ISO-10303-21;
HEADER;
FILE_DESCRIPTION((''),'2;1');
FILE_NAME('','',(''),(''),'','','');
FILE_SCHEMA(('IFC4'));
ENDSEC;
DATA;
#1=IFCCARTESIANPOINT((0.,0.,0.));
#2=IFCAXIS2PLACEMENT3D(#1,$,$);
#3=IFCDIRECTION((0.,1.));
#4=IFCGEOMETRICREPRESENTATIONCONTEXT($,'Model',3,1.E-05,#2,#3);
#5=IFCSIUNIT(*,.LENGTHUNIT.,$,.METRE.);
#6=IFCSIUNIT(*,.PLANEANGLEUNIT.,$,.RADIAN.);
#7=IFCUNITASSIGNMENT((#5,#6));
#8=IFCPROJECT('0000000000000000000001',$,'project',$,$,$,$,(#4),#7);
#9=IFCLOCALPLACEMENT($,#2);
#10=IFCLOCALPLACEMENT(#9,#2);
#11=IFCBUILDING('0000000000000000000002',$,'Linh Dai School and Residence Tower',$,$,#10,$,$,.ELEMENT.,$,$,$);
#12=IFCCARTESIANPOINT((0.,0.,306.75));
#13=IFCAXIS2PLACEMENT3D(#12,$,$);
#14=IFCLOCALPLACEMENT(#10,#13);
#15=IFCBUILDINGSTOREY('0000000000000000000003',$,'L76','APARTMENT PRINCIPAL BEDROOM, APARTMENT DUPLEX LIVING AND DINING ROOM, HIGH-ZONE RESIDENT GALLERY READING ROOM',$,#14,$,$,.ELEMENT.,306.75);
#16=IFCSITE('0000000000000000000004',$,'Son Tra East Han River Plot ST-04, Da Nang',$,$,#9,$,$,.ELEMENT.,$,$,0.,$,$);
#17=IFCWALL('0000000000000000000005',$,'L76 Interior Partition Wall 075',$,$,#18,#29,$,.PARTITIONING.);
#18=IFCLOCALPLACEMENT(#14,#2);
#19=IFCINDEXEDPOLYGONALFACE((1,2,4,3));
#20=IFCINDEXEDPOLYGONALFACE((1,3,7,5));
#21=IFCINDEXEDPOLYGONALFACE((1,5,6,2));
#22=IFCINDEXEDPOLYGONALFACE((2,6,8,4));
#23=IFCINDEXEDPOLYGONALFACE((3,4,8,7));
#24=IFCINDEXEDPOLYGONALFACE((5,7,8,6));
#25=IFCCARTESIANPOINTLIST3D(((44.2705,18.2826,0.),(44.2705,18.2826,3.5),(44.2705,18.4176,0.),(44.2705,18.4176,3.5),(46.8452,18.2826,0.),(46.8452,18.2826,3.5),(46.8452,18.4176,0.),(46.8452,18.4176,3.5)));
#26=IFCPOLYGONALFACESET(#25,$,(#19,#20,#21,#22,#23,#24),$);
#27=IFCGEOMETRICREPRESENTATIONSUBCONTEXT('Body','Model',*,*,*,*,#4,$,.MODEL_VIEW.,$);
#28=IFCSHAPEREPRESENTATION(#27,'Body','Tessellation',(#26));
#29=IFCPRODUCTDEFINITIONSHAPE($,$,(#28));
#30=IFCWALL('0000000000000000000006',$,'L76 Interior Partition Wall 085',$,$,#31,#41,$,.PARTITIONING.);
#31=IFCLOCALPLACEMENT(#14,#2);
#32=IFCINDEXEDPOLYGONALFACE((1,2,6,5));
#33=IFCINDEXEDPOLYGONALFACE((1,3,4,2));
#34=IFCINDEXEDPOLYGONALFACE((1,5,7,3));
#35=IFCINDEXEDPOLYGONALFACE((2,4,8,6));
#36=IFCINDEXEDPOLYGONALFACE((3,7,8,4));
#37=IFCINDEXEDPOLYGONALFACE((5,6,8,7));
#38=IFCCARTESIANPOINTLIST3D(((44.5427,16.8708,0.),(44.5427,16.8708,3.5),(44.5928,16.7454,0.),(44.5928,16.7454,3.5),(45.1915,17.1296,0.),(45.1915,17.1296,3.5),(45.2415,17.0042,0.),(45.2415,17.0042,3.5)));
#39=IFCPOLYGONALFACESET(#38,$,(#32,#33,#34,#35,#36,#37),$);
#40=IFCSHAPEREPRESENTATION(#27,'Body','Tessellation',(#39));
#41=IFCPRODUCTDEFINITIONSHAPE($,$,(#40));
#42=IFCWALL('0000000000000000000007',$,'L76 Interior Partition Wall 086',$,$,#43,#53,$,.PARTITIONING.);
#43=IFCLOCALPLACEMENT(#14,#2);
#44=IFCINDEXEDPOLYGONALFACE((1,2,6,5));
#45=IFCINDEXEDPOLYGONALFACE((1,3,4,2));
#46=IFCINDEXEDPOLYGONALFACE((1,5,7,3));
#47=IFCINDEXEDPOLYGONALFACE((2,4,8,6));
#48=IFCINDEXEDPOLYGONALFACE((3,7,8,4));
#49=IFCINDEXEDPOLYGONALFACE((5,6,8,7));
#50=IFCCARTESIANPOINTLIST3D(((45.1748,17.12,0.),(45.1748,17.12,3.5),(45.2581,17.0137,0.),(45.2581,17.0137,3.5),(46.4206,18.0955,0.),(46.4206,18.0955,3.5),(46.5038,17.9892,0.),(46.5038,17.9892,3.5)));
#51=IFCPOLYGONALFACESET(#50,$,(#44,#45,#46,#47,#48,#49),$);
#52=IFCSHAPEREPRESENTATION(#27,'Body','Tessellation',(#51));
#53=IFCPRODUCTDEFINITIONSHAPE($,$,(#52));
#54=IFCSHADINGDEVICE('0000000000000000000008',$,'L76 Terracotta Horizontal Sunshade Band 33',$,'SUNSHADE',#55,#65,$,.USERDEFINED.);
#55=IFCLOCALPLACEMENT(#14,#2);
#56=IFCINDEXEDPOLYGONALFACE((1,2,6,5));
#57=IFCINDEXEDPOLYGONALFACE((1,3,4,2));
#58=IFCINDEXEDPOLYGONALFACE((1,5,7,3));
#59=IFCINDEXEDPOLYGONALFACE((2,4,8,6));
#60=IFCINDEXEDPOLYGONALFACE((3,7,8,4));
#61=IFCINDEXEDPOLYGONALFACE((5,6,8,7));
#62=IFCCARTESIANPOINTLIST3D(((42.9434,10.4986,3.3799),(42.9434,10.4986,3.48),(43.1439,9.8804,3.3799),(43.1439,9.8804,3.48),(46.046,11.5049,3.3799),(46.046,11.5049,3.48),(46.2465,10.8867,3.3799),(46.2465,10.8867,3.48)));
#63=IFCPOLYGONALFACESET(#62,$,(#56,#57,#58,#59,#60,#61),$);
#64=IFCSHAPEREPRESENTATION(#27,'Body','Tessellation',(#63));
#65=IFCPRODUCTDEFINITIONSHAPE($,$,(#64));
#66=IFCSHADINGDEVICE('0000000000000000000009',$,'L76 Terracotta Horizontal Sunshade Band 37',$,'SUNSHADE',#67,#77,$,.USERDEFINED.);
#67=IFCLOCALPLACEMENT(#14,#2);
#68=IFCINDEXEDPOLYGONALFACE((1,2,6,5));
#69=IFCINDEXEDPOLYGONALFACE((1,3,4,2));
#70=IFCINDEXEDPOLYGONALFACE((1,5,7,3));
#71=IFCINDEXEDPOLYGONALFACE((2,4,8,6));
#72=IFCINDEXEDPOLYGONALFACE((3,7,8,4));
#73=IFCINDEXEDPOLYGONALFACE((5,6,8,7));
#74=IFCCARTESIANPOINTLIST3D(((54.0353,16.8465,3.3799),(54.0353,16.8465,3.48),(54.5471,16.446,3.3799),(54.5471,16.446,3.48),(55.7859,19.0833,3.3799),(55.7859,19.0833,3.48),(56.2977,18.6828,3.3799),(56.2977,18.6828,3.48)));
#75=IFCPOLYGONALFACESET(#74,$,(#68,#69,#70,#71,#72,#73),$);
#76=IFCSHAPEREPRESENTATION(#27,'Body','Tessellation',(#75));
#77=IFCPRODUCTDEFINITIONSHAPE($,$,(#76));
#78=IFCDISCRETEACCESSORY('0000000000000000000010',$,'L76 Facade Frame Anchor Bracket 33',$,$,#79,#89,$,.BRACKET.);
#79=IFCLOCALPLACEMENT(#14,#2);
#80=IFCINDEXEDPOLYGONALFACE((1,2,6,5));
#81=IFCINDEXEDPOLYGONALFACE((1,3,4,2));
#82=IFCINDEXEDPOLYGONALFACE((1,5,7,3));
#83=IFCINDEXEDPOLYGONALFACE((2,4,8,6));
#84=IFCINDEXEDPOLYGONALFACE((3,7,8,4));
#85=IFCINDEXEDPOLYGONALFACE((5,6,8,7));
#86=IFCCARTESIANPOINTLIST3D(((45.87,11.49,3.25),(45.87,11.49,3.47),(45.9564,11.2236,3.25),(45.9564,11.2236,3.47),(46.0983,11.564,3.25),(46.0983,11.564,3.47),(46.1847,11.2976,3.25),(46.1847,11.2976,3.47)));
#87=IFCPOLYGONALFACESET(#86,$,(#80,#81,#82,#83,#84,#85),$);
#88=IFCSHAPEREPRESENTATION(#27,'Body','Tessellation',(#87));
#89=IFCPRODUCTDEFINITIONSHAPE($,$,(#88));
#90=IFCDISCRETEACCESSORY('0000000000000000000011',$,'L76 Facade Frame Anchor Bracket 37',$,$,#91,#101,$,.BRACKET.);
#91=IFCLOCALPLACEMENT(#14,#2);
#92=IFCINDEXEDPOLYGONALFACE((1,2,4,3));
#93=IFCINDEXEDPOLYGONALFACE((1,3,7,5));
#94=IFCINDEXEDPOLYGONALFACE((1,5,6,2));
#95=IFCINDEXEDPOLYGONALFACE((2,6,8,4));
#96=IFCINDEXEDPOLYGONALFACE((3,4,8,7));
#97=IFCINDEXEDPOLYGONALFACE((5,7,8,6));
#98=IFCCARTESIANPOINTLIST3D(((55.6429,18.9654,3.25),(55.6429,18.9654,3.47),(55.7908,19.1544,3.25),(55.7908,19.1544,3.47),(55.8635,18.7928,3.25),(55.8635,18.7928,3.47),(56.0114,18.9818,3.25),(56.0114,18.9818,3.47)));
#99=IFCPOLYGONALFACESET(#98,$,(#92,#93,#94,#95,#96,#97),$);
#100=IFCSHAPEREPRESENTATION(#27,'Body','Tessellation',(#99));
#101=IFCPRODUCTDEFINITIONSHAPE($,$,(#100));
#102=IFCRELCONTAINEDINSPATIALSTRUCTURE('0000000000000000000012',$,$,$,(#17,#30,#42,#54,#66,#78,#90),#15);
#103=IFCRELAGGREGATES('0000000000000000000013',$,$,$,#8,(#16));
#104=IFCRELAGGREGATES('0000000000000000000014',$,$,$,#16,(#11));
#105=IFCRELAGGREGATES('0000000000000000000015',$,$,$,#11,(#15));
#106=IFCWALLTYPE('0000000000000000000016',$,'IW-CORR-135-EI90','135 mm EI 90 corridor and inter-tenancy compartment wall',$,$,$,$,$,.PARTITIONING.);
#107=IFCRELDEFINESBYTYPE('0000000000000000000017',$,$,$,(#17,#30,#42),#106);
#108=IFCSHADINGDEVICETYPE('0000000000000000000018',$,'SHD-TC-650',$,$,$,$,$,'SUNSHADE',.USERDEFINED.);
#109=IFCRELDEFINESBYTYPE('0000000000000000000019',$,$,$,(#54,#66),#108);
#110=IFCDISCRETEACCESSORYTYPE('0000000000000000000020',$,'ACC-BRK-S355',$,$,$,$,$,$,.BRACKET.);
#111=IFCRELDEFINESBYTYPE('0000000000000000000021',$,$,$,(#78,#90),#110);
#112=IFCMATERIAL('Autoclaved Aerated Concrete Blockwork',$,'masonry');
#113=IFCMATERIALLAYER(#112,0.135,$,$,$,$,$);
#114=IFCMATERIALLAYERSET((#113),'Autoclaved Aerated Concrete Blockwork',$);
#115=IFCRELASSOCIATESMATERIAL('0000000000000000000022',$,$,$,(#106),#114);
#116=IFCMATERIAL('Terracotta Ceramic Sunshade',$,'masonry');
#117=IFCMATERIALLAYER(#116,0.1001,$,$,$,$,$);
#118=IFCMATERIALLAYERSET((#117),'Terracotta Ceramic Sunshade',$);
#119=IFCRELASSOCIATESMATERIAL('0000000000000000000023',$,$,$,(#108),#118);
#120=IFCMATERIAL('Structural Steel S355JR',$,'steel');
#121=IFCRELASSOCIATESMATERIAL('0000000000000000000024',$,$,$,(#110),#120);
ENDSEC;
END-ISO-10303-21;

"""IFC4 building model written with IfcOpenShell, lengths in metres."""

from ifc_helpers import new_model, si_unit, direction, frame, frame_2d, origin, origin_2d, place, context, subcontext, project, spatial, rectangle, extrude, source, transform, mapped, material, layer, layer_set, type_object, element, save


model = new_model("IFC4")

# Units and contexts
model_context = context("Model", 3, precision=1e-05, world=origin(), true_north=direction((0.0, 1.0)))
body_context = subcontext(model_context, "Body", "Model", "MODEL_VIEW")
ifc_project = project(units=[si_unit("LENGTHUNIT", "METRE"), si_unit("PLANEANGLEUNIT", "RADIAN")], contexts=[model_context])

# Site, building, storey
site_placement = place(None, origin())
site = spatial("IfcSite", under=ifc_project, at=site_placement, Name="Son Tra East Han River Plot ST-04, Da Nang", CompositionType="ELEMENT", RefElevation=0.0)
building_placement = place(site_placement, origin())
building = spatial("IfcBuilding", under=site, at=building_placement, Name="Linh Dai School and Residence Tower", CompositionType="ELEMENT")
storey_placement = place(building_placement, frame((0.0, 0.0, 306.75)))
storey = spatial("IfcBuildingStorey", under=building, at=storey_placement, Name="L76", Description="APARTMENT PRINCIPAL BEDROOM, APARTMENT DUPLEX LIVING AND DINING ROOM, HIGH-ZONE RESIDENT GALLERY READING ROOM", CompositionType="ELEMENT", Elevation=306.75)

# Shared definitions
ifc_material_1 = material(Name="Structural Steel S355JR", Category="steel")

# Shared definitions
ifc_material_2 = material(Name="Autoclaved Aerated Concrete Blockwork", Category="masonry")
ifc_layer_1 = layer(ifc_material_2, 0.135)
ifc_layer_set_1 = layer_set([ifc_layer_1], Name="Autoclaved Aerated Concrete Blockwork")
wall_type_1 = type_object("IfcWallType", Name="IW-CORR-135-EI90", Description="135 mm EI 90 corridor and inter-tenancy compartment wall", PredefinedType="PARTITIONING", material=ifc_layer_set_1)

# Walls
wall_1_placement = place(storey_placement, frame((46.8452, 18.3501, 0.0), z_axis=(0.0, 0.0, 1.0), x_axis=(-1.0, 0.0, 0.0)))
element("IfcWall", 1, at=wall_1_placement, inside=storey, type_object=wall_type_1, Name="L76 Interior Partition Wall 075", PredefinedType="PARTITIONING", context=body_context, shape_type="SweptSolid", body=[
    extrude(rectangle(XDim=2.5747, YDim=0.135, at=frame_2d((1.2874, 0.0))), origin(), (0.0, 0.0, 1.0), 3.5),
])
wall_2_placement = place(storey_placement, frame((44.5679, 16.8081, 0.0), z_axis=(0.0, 0.0, 1.0), x_axis=(0.928814, 0.370547, 0.0)))
element("IfcWall", 2, at=wall_2_placement, inside=storey, type_object=wall_type_1, Name="L76 Interior Partition Wall 085", PredefinedType="PARTITIONING", context=body_context, shape_type="SweptSolid", body=[
    extrude(rectangle(XDim=0.6985, YDim=0.135, at=frame_2d((0.3491, 0.0))), origin(), (0.0, 0.0, 1.0), 3.5),
])
wall_3_placement = place(storey_placement, frame((45.2166, 17.0669, 0.0), z_axis=(0.0, 0.0, 1.0), x_axis=(0.787329, 0.616533, 0.0)))
element("IfcWall", 3, at=wall_3_placement, inside=storey, type_object=wall_type_1, Name="L76 Interior Partition Wall 086", PredefinedType="PARTITIONING", context=body_context, shape_type="SweptSolid", body=[
    extrude(rectangle(XDim=1.5823, YDim=0.135, at=frame_2d((0.791, 0.0))), origin(), (0.0, 0.0, 1.0), 3.5),
])

# Shading devices
ifc_material_3 = material(Name="Terracotta Ceramic Sunshade", Category="masonry")
ifc_layer_2 = layer(ifc_material_3, 0.1001)
ifc_layer_set_2 = layer_set([ifc_layer_2], Name="Terracotta Ceramic Sunshade")
shading_device_type = type_object("IfcShadingDeviceType", Name="SHD-TC-650", ElementType="SUNSHADE", PredefinedType="USERDEFINED", material=ifc_layer_set_2)
shared_shape_1 = source(origin(), body_context, "Body", "SweptSolid", [
    extrude(rectangle(XDim=3.2617, YDim=0.6499, at=origin_2d()), origin(), (0.0, 0.0, 1.0), 0.1001),
])
shading_device_1_placement = place(storey_placement, frame((44.595, 10.6926, 3.3799), z_axis=(0.0, 0.0, 1.0), x_axis=(-0.951218, -0.308519, 0.0)))
element("IfcShadingDevice", 4, at=shading_device_1_placement, inside=storey, type_object=shading_device_type, Name="L76 Terracotta Horizontal Sunshade Band 33", ObjectType="SUNSHADE", PredefinedType="USERDEFINED", context=body_context, shape_type="MappedRepresentation", body=[
    mapped(shared_shape_1, transform((0.0, 0.0, 0.0), x_axis=(1.0, 0.0, 0.0), y_axis=(0.0, 1.0, 0.0), z_axis=(0.0, 0.0, 1.0), scale=1.0)),
])
shared_shape_2 = source(origin(), body_context, "Body", "SweptSolid", [
    extrude(rectangle(XDim=2.8403, YDim=0.6499, at=origin_2d()), origin(), (0.0, 0.0, 1.0), 0.1001),
])
shading_device_2_placement = place(storey_placement, frame((55.1665, 17.7646, 3.3799), z_axis=(0.0, 0.0, 1.0), x_axis=(-0.616311, -0.787503, 0.0)))
element("IfcShadingDevice", 5, at=shading_device_2_placement, inside=storey, type_object=shading_device_type, Name="L76 Terracotta Horizontal Sunshade Band 37", ObjectType="SUNSHADE", PredefinedType="USERDEFINED", context=body_context, shape_type="MappedRepresentation", body=[
    mapped(shared_shape_2, transform((0.0, 0.0, 0.0), x_axis=(1.0, 0.0, 0.0), y_axis=(0.0, 1.0, 0.0), z_axis=(0.0, 0.0, 1.0), scale=1.0)),
])

# Discrete accessories
discrete_accessory_type = type_object("IfcDiscreteAccessoryType", Name="ACC-BRK-S355", PredefinedType="BRACKET", material=ifc_material_1)
shared_shape_3 = source(origin(), body_context, "Body", "SweptSolid", [
    extrude(rectangle(XDim=0.28, YDim=0.24, at=origin_2d()), origin(), (0.0, 0.0, 1.0), 0.22),
])
for number, where, z_axis, x_axis, name in (
    (6, (46.0273, 11.3938, 3.25), (0.0, 0.0, 1.0), (0.308519, -0.951218, 0.0), "L76 Facade Frame Anchor Bracket 33"),
    (7, (55.8271, 18.9736, 3.25), (0.0, 0.0, 1.0), (0.787503, -0.616311, 0.0), "L76 Facade Frame Anchor Bracket 37"),
):
    element("IfcDiscreteAccessory", number, at=place(storey_placement, frame(where, z_axis=z_axis, x_axis=x_axis)), inside=storey, type_object=discrete_accessory_type, Name=name, PredefinedType="BRACKET", context=body_context, shape_type="MappedRepresentation", body=[
        mapped(shared_shape_3, transform((0.0, 0.0, 0.0), x_axis=(1.0, 0.0, 0.0), y_axis=(0.0, 1.0, 0.0), z_axis=(0.0, 0.0, 1.0), scale=1.0)),
    ])

save(model, "model.ifc")
